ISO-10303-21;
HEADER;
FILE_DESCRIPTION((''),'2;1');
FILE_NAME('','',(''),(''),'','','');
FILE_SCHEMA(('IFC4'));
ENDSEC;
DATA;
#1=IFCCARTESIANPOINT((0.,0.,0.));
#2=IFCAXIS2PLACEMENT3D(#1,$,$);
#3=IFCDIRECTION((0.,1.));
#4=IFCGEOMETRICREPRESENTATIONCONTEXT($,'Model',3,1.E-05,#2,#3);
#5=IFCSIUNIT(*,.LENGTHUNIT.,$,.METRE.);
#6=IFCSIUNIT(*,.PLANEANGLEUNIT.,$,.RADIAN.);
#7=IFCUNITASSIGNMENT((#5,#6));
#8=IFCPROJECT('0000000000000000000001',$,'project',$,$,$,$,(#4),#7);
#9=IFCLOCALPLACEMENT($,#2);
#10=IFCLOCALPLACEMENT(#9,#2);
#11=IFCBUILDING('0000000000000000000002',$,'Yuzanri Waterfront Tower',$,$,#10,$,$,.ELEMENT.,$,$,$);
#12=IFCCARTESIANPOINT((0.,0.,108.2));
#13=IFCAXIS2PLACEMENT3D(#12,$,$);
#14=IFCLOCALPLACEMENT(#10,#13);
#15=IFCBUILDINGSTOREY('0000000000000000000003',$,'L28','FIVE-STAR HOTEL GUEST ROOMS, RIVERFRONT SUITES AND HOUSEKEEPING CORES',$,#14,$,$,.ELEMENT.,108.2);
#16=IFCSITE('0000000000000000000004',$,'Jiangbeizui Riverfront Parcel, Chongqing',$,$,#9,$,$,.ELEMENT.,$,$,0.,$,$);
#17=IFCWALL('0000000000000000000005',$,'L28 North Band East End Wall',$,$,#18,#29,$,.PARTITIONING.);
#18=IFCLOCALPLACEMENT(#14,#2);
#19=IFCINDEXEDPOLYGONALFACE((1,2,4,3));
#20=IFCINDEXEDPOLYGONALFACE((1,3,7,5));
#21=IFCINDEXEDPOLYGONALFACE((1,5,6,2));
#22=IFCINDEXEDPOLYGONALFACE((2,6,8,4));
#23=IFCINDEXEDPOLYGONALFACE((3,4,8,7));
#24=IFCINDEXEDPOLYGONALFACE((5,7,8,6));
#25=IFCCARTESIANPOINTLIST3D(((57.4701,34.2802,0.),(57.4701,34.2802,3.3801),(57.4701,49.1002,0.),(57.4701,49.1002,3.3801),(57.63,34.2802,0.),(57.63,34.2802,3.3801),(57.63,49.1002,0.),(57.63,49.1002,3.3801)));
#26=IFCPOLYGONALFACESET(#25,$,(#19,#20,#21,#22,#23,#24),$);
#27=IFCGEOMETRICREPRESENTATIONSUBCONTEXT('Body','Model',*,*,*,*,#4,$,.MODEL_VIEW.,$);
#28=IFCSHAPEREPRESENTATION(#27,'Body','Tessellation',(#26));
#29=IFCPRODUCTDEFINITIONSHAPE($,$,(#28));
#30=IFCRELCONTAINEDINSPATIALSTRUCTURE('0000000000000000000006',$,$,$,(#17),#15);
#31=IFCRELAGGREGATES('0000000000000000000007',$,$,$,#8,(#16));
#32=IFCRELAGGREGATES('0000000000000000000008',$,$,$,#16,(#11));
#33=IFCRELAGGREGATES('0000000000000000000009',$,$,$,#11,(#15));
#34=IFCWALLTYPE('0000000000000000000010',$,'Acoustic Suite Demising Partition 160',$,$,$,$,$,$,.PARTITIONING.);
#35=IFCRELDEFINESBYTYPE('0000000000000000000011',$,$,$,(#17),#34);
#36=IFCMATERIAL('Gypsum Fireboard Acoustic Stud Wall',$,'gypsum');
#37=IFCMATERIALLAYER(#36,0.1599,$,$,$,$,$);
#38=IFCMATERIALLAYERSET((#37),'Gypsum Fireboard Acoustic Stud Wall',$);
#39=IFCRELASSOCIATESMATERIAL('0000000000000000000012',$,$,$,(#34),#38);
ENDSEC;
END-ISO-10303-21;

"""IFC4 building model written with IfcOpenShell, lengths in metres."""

from ifc_helpers import new_model, si_unit, direction, frame, frame_2d, origin, place, context, subcontext, project, spatial, rectangle, extrude, source, transform, mapped, material, layer, layer_set, type_object, element, save


model = new_model("IFC4")

# Units and contexts
model_context = context("Model", 3, precision=1e-05, world=origin(), true_north=direction((0.0, 1.0)))
body_context = subcontext(model_context, "Body", "Model", "MODEL_VIEW")
ifc_project = project(units=[si_unit("LENGTHUNIT", "METRE"), si_unit("PLANEANGLEUNIT", "RADIAN")], contexts=[model_context])

# Site, building, storey
site_placement = place(None, origin())
site = spatial("IfcSite", under=ifc_project, at=site_placement, Name="Jiangbeizui Riverfront Parcel, Chongqing", CompositionType="ELEMENT", RefElevation=0.0)
building_placement = place(site_placement, origin())
building = spatial("IfcBuilding", under=site, at=building_placement, Name="Yuzanri Waterfront Tower", CompositionType="ELEMENT")
storey_placement = place(building_placement, frame((0.0, 0.0, 108.2)))
storey = spatial("IfcBuildingStorey", under=building, at=storey_placement, Name="L28", Description="FIVE-STAR HOTEL GUEST ROOMS, RIVERFRONT SUITES AND HOUSEKEEPING CORES", CompositionType="ELEMENT", Elevation=108.2)

# Wall
ifc_material_1 = material(Name="Gypsum Fireboard Acoustic Stud Wall", Category="gypsum")
ifc_layer_1 = layer(ifc_material_1, 0.1599)
ifc_layer_set_1 = layer_set([ifc_layer_1], Name="Gypsum Fireboard Acoustic Stud Wall")
wall_type_1 = type_object("IfcWallType", Name="Acoustic Suite Demising Partition 160", PredefinedType="PARTITIONING", material=ifc_layer_set_1)
shared_shape_1 = source(origin(), body_context, "Body", "SweptSolid", [
    extrude(rectangle(XDim=14.8201, YDim=0.1599, at=frame_2d((7.4102, 0.0))), origin(), (0.0, 0.0, 1.0), 3.3801),
])
wall_1_placement = place(storey_placement, frame((57.55, 34.28, 0.0), z_axis=(0.0, 0.0, 1.0), x_axis=(0.0, 1.0, 0.0)))
element("IfcWall", 1, at=wall_1_placement, inside=storey, type_object=wall_type_1, Name="L28 North Band East End Wall", PredefinedType="PARTITIONING", context=body_context, shape_type="MappedRepresentation", body=[
    mapped(shared_shape_1, transform((0.0, 0.0, 0.0), scale=1.0)),
])

save(model, "model.ifc")
